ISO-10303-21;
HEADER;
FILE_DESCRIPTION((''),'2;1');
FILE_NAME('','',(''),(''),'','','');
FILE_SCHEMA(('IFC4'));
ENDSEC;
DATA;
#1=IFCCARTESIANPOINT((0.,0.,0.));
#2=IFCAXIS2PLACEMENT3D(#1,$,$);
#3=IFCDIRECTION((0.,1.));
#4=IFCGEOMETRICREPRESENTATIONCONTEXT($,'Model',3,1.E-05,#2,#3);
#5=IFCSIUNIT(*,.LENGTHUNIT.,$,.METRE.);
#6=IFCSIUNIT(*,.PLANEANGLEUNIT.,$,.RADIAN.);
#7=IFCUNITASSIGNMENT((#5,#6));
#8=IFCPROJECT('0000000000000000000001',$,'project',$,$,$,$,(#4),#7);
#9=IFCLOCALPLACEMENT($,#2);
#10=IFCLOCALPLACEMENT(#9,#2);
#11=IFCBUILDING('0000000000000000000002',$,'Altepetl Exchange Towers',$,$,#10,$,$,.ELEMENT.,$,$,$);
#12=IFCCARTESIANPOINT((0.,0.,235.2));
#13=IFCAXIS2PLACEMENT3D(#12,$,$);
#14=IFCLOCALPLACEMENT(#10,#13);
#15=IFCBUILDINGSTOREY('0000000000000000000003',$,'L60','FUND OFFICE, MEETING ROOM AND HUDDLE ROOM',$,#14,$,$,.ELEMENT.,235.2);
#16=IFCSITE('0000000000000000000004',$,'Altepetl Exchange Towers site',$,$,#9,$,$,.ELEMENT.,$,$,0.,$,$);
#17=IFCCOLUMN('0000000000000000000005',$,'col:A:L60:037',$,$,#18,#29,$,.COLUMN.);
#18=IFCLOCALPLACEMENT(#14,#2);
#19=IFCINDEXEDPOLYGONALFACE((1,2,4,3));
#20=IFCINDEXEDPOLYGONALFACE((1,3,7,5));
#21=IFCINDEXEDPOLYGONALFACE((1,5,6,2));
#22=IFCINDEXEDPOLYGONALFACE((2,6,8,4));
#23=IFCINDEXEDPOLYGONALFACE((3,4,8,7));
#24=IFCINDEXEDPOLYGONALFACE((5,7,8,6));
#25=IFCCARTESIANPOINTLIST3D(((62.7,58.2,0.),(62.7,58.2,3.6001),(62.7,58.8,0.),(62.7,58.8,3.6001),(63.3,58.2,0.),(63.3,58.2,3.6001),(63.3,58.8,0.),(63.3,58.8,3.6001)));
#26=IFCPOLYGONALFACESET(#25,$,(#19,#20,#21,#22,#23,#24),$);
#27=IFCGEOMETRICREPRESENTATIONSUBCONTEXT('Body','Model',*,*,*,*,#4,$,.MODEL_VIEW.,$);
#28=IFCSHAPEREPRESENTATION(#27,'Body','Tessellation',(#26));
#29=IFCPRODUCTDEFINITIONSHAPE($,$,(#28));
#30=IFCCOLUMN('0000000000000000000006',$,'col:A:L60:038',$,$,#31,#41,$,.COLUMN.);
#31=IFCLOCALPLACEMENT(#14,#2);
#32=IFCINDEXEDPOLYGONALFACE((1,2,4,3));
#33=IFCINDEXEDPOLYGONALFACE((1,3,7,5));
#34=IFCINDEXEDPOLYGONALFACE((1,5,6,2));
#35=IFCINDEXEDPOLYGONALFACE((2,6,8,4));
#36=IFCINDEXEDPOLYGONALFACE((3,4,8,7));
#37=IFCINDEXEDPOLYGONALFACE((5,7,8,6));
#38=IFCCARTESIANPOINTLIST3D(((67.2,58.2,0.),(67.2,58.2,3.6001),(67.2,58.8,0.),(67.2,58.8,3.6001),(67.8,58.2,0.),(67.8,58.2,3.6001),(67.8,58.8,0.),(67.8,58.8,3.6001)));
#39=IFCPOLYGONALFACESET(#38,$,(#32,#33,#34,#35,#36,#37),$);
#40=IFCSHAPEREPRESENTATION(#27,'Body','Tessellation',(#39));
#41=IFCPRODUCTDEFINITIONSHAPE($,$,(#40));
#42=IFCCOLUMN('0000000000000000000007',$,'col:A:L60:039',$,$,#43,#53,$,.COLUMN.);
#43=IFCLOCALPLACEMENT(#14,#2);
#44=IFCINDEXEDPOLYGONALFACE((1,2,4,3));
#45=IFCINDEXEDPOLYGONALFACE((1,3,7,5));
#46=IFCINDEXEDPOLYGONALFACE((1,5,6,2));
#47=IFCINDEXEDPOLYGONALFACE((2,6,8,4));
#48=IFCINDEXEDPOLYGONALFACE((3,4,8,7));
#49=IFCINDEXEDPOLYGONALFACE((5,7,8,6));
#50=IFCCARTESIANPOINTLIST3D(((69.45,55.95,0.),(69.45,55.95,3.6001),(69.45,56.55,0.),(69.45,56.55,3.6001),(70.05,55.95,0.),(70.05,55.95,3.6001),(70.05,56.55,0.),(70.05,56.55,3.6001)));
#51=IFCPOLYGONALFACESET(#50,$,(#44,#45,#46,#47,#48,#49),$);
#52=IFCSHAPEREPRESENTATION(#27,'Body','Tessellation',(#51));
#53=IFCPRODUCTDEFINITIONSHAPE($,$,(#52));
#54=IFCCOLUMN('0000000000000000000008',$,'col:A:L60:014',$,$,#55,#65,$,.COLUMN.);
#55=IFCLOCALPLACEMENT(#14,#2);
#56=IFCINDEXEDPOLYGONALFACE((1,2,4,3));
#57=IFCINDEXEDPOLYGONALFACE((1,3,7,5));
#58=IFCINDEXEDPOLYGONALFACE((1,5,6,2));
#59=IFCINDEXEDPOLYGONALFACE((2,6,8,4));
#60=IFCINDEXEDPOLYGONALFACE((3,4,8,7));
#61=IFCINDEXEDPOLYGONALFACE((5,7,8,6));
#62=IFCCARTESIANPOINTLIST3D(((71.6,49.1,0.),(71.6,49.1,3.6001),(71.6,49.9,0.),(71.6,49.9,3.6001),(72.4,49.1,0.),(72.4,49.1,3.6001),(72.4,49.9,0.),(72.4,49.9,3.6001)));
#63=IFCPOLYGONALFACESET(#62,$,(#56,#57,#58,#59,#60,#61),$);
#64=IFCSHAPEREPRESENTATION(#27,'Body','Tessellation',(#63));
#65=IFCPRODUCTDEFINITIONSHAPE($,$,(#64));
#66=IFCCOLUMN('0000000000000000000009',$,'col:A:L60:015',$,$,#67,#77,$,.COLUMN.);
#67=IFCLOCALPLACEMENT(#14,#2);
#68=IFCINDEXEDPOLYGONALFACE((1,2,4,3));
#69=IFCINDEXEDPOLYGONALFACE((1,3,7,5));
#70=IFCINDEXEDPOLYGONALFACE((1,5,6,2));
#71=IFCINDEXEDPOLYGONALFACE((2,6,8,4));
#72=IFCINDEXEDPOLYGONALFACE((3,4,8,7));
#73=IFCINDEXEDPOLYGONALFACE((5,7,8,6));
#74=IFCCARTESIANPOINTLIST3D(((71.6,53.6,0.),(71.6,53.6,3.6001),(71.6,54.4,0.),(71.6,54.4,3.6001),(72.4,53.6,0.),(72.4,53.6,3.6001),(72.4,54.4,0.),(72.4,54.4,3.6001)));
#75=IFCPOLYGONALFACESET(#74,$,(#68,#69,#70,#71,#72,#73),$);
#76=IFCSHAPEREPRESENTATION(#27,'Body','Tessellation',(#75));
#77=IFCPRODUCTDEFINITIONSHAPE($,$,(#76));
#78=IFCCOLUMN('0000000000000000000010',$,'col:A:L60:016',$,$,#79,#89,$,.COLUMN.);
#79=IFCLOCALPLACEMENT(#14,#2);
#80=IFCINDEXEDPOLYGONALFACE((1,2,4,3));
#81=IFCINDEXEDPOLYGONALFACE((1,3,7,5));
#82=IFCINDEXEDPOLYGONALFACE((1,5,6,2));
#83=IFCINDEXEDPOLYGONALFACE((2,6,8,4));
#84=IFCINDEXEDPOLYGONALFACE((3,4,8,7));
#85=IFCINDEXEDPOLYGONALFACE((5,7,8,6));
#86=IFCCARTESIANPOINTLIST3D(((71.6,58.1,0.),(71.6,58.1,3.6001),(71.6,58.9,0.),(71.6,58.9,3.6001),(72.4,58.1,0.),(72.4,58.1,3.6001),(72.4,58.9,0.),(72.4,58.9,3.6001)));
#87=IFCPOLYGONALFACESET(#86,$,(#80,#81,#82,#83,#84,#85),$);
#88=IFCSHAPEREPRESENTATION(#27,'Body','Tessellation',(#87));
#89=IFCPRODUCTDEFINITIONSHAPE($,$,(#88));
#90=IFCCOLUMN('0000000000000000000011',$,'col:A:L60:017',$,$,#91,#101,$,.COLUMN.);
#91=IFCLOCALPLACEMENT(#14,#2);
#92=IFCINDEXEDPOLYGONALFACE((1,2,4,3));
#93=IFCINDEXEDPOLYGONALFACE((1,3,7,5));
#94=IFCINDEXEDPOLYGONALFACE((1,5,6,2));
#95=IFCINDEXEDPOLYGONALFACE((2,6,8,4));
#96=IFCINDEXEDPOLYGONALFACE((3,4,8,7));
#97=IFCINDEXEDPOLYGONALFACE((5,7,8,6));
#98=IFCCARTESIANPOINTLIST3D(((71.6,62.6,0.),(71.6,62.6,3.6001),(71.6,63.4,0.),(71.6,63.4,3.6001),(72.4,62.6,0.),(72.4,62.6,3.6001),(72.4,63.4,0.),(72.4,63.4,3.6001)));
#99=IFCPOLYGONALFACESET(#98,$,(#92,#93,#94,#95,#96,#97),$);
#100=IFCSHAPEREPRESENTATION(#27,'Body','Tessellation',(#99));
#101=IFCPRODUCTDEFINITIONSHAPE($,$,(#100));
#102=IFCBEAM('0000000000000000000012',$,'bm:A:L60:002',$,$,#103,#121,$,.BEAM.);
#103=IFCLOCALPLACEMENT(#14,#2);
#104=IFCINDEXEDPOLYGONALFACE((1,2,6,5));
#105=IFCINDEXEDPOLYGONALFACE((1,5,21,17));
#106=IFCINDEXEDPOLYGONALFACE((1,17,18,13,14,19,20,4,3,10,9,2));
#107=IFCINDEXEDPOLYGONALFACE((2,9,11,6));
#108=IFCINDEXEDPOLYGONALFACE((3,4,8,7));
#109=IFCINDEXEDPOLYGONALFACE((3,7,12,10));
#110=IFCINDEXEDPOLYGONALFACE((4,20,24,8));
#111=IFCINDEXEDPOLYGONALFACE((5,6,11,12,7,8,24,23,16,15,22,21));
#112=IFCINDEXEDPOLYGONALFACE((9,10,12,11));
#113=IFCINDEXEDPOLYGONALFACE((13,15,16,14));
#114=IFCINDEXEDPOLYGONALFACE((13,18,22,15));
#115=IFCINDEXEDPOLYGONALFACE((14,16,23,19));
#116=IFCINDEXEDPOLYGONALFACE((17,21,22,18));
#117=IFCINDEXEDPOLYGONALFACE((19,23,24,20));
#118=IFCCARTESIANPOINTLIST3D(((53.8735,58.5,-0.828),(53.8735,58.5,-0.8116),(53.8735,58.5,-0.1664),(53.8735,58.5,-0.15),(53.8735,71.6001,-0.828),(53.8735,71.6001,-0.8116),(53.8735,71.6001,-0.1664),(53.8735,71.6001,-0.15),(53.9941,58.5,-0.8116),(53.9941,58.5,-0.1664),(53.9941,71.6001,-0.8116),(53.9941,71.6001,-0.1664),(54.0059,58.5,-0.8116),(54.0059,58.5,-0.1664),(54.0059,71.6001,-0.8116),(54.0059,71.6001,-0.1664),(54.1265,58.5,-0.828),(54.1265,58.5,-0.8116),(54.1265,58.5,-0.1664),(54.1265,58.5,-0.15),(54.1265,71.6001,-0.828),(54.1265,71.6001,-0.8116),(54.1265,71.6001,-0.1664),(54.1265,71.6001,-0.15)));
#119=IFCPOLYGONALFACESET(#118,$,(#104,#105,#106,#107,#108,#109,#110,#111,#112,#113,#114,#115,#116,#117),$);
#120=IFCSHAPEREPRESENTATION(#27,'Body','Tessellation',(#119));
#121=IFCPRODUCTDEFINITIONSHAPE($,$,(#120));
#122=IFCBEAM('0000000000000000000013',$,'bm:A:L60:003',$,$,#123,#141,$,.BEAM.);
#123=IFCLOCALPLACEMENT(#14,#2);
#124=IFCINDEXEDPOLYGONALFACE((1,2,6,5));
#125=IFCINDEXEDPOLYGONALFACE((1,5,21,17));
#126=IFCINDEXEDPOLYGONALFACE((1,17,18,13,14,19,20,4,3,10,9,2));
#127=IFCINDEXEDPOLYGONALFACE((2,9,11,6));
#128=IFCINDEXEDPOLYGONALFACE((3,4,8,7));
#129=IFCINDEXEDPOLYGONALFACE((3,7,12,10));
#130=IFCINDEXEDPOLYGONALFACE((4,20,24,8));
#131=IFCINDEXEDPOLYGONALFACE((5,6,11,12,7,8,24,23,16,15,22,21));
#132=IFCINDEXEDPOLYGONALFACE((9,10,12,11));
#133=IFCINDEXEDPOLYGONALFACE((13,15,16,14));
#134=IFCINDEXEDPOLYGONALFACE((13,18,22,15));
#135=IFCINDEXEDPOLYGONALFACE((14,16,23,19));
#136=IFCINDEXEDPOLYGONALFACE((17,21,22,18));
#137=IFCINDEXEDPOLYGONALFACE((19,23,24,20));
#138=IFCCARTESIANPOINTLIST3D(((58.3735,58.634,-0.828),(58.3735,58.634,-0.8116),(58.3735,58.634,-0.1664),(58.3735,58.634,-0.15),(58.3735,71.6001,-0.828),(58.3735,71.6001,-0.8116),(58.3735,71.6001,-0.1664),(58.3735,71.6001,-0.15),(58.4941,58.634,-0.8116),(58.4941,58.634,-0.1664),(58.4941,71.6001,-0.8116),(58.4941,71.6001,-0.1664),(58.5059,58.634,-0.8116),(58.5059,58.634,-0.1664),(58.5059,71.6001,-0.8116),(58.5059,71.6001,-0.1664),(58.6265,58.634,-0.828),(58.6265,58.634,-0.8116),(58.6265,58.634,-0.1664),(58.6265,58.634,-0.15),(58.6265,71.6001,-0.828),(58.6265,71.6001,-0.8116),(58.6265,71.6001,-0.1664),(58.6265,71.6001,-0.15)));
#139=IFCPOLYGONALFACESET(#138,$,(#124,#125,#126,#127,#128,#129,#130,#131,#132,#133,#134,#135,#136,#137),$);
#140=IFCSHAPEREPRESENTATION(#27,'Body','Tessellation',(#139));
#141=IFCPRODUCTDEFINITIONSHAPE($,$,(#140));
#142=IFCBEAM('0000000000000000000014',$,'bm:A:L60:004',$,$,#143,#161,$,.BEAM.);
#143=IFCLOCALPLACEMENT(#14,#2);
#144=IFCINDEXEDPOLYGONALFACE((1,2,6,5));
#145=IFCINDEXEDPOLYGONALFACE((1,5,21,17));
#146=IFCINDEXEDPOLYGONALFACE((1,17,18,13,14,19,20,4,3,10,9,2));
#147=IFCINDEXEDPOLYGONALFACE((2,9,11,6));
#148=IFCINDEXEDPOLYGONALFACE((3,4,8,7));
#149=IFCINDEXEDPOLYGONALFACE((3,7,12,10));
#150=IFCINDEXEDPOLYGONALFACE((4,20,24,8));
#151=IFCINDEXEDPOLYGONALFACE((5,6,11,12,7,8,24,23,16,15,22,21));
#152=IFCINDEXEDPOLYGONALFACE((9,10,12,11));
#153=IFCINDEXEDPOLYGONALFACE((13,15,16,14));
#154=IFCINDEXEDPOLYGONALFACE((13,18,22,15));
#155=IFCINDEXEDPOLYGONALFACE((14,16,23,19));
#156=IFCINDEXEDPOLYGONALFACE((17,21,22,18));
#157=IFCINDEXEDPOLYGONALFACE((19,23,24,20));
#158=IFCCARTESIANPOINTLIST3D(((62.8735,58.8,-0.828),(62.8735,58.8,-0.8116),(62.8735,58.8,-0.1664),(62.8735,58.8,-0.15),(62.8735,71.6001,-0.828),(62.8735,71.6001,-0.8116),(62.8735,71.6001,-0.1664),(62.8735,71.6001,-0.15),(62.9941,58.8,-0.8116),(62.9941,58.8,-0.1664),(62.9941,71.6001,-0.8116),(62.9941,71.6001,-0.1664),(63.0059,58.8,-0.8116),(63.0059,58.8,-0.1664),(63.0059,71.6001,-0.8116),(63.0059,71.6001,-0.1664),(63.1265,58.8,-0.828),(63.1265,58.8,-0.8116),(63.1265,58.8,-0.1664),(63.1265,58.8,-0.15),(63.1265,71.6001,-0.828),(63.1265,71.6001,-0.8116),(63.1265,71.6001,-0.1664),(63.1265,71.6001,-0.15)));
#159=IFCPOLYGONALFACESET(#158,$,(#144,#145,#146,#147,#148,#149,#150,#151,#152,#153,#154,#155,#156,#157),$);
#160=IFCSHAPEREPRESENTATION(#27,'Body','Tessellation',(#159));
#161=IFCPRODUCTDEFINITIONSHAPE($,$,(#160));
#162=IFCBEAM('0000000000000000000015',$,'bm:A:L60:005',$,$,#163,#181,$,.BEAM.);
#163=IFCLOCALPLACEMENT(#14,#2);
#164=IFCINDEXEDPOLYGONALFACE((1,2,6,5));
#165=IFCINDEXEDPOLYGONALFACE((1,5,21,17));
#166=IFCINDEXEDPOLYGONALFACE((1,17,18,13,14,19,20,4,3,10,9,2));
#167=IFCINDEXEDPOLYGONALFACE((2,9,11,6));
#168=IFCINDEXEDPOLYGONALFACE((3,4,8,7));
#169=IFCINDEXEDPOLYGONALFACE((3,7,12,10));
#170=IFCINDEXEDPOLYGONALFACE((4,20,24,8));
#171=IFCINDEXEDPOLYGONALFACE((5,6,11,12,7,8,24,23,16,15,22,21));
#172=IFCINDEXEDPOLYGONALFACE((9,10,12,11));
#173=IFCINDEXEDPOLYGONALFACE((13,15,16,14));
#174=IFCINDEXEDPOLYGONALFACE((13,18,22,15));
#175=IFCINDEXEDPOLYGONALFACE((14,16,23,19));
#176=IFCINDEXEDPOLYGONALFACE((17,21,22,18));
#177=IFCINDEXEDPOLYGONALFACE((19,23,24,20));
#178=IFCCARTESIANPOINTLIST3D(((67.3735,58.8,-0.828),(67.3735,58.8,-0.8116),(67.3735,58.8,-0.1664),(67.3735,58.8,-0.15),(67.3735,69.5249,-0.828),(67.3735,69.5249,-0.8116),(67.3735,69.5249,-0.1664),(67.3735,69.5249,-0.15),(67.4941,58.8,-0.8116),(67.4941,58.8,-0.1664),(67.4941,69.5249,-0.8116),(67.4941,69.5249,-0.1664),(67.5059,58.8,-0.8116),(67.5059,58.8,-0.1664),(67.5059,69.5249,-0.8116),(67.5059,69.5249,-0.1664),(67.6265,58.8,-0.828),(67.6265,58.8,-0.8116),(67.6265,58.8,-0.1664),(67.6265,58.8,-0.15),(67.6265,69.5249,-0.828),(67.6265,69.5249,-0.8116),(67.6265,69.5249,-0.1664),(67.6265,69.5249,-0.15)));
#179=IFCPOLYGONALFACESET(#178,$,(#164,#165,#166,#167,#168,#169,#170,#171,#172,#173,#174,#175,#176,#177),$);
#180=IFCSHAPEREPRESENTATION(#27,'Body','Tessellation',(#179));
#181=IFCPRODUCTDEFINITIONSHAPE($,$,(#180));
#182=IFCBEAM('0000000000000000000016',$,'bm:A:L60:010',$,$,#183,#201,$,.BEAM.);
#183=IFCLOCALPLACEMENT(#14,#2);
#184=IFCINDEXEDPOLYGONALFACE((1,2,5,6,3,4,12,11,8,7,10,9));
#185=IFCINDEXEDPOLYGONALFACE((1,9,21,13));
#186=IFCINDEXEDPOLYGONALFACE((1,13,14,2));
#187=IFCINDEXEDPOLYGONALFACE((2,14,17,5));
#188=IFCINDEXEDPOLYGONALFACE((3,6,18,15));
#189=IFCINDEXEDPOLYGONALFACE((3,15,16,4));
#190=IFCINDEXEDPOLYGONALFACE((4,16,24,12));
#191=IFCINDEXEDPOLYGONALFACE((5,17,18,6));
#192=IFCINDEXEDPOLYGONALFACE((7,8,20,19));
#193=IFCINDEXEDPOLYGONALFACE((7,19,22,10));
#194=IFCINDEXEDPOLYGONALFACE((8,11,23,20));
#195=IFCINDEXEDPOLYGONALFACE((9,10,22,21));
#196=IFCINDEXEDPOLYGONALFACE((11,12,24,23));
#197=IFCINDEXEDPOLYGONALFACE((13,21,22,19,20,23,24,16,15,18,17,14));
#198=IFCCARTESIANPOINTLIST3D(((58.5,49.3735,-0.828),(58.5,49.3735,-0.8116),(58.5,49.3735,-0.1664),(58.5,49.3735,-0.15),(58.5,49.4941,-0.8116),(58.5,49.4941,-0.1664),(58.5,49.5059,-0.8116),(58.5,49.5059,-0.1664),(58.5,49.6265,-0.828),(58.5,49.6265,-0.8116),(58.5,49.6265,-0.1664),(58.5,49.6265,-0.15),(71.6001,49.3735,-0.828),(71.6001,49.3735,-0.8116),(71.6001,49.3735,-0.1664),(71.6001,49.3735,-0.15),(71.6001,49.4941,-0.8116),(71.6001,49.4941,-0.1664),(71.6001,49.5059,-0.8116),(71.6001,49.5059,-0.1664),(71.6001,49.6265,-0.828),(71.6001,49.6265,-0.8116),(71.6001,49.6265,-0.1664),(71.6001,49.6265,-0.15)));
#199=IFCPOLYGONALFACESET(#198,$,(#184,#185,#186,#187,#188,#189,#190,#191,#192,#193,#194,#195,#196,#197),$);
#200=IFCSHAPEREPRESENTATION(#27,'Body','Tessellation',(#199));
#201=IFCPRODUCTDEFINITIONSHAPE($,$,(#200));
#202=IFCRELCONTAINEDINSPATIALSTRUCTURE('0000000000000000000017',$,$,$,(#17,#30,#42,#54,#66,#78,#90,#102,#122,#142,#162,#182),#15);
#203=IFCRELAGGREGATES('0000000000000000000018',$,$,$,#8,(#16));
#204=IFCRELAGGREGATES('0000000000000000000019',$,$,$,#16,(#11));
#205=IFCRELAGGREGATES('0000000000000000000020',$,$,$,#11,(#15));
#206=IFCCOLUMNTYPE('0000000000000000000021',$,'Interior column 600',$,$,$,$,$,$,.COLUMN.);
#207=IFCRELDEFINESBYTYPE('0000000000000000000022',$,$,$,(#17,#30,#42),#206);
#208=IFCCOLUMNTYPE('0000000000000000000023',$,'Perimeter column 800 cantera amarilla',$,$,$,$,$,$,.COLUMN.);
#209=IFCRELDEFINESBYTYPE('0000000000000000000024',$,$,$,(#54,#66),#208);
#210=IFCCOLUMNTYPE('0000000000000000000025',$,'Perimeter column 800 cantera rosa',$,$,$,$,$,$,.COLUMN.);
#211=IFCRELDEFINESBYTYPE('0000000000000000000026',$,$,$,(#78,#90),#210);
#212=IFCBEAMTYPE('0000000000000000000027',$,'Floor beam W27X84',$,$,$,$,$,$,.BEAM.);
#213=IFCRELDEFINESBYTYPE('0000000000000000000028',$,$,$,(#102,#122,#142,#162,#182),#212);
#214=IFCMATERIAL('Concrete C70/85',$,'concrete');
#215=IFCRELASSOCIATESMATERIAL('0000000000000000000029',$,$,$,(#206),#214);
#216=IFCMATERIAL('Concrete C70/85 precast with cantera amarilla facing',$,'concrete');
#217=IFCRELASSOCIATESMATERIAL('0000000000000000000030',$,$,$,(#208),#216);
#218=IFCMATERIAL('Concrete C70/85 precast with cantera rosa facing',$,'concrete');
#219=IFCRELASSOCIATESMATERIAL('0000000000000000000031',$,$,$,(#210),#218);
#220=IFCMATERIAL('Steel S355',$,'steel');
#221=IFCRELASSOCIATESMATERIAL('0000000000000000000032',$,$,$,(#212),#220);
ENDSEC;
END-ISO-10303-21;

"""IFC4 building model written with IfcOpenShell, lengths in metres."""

from ifc_helpers import new_model, si_unit, direction, frame, origin, origin_2d, place, context, subcontext, project, spatial, rectangle, i_section, extrude, material, material_profile, profile_set, type_object, element, save


model = new_model("IFC4")

# Units and contexts
model_context = context("Model", 3, precision=1e-05, world=origin(), true_north=direction((0.0, 1.0)))
body_context = subcontext(model_context, "Body", "Model", "MODEL_VIEW")
ifc_project = project(units=[si_unit("LENGTHUNIT", "METRE"), si_unit("PLANEANGLEUNIT", "RADIAN")], contexts=[model_context])

# Site, building, storey
site_placement = place(None, origin())
site = spatial("IfcSite", under=ifc_project, at=site_placement, Name="Altepetl Exchange Towers site", CompositionType="ELEMENT", RefElevation=0.0)
building_placement = place(site_placement, origin())
building = spatial("IfcBuilding", under=site, at=building_placement, Name="Altepetl Exchange Towers", CompositionType="ELEMENT")
storey_placement = place(building_placement, frame((0.0, 0.0, 235.2)))
storey = spatial("IfcBuildingStorey", under=building, at=storey_placement, Name="L60", Description="FUND OFFICE, MEETING ROOM AND HUDDLE ROOM", CompositionType="ELEMENT", Elevation=235.2)

# Columns
ifc_material_1 = material(Name="Concrete C70/85", Category="concrete")
ifc_material_profile_1 = material_profile(ifc_material_1, rectangle(XDim=0.6001, YDim=0.6001, at=origin_2d()), Name="600 x 600")
ifc_profile_set_1 = profile_set([ifc_material_profile_1], Name="Concrete C70/85")
column_type_1 = type_object("IfcColumnType", Name="Interior column 600", PredefinedType="COLUMN", material=ifc_profile_set_1)
for number, where, name in (
    (1, (63.0, 58.5, 0.0), "col:A:L60:037"),
    (2, (67.5, 58.5, 0.0), "col:A:L60:038"),
    (3, (69.75, 56.25, 0.0), "col:A:L60:039"),
):
    element("IfcColumn", number, at=place(storey_placement, frame(where)), inside=storey, type_object=column_type_1, Name=name, PredefinedType="COLUMN", context=body_context, shape_type="SweptSolid", body=[
        extrude(rectangle(XDim=0.6001, YDim=0.6001, at=origin_2d()), origin(), (0.0, 0.0, 1.0), 3.6001),
    ])
ifc_material_2 = material(Name="Concrete C70/85 precast with cantera amarilla facing", Category="concrete")
ifc_material_profile_2 = material_profile(ifc_material_2, rectangle(XDim=0.8, YDim=0.8, at=origin_2d()), Name="800 x 800")
ifc_profile_set_2 = profile_set([ifc_material_profile_2], Name="Concrete C70/85 precast with cantera amarilla facing")
column_type_2 = type_object("IfcColumnType", Name="Perimeter column 800 cantera amarilla", PredefinedType="COLUMN", material=ifc_profile_set_2)
for number, where, name in (
    (4, (72.0, 49.5, 0.0), "col:A:L60:014"),
    (5, (72.0, 54.0, 0.0), "col:A:L60:015"),
):
    element("IfcColumn", number, at=place(storey_placement, frame(where)), inside=storey, type_object=column_type_2, Name=name, PredefinedType="COLUMN", context=body_context, shape_type="SweptSolid", body=[
        extrude(rectangle(XDim=0.8, YDim=0.8, at=origin_2d()), origin(), (0.0, 0.0, 1.0), 3.6001),
    ])
ifc_material_3 = material(Name="Concrete C70/85 precast with cantera rosa facing", Category="concrete")
ifc_material_profile_3 = material_profile(ifc_material_3, rectangle(XDim=0.8, YDim=0.8, at=origin_2d()), Name="800 x 800")
ifc_profile_set_3 = profile_set([ifc_material_profile_3], Name="Concrete C70/85 precast with cantera rosa facing")
column_type_3 = type_object("IfcColumnType", Name="Perimeter column 800 cantera rosa", PredefinedType="COLUMN", material=ifc_profile_set_3)
for number, where, name in (
    (6, (72.0, 58.5, 0.0), "col:A:L60:016"),
    (7, (72.0, 63.0, 0.0), "col:A:L60:017"),
):
    element("IfcColumn", number, at=place(storey_placement, frame(where)), inside=storey, type_object=column_type_3, Name=name, PredefinedType="COLUMN", context=body_context, shape_type="SweptSolid", body=[
        extrude(rectangle(XDim=0.8, YDim=0.8, at=origin_2d()), origin(), (0.0, 0.0, 1.0), 3.6001),
    ])

# Beams
ifc_material_4 = material(Name="Steel S355", Category="steel")
ifc_material_profile_4 = material_profile(ifc_material_4, i_section(OverallWidth=0.2529, OverallDepth=0.678, WebThickness=0.0117, FlangeThickness=0.0164, at=origin_2d()), Name="W27X84")
ifc_profile_set_4 = profile_set([ifc_material_profile_4], Name="Steel S355")
beam_type_1 = type_object("IfcBeamType", Name="Floor beam W27X84", PredefinedType="BEAM", material=ifc_profile_set_4)
beam_1_placement = place(storey_placement, frame((54.0, 58.5, -0.489), z_axis=(0.0, 1.0, 0.0), x_axis=(-1.0, 0.0, 0.0)))
element("IfcBeam", 8, at=beam_1_placement, inside=storey, type_object=beam_type_1, Name="bm:A:L60:002", PredefinedType="BEAM", context=body_context, shape_type="SweptSolid", body=[
    extrude(i_section(OverallWidth=0.2529, OverallDepth=0.678, WebThickness=0.0117, FlangeThickness=0.0164, at=origin_2d()), origin(), (0.0, 0.0, 1.0), 13.1001),
])
beam_2_placement = place(storey_placement, frame((58.5, 58.634, -0.489), z_axis=(0.0, 1.0, 0.0), x_axis=(-1.0, 0.0, 0.0)))
element("IfcBeam", 9, at=beam_2_placement, inside=storey, type_object=beam_type_1, Name="bm:A:L60:003", PredefinedType="BEAM", context=body_context, shape_type="SweptSolid", body=[
    extrude(i_section(OverallWidth=0.2529, OverallDepth=0.678, WebThickness=0.0117, FlangeThickness=0.0164, at=origin_2d()), origin(), (0.0, 0.0, 1.0), 12.9661),
])
beam_3_placement = place(storey_placement, frame((63.0, 58.8, -0.489), z_axis=(0.0, 1.0, 0.0), x_axis=(-1.0, 0.0, 0.0)))
element("IfcBeam", 10, at=beam_3_placement, inside=storey, type_object=beam_type_1, Name="bm:A:L60:004", PredefinedType="BEAM", context=body_context, shape_type="SweptSolid", body=[
    extrude(i_section(OverallWidth=0.2529, OverallDepth=0.678, WebThickness=0.0117, FlangeThickness=0.0164, at=origin_2d()), origin(), (0.0, 0.0, 1.0), 12.8),
])
beam_4_placement = place(storey_placement, frame((67.5, 58.8, -0.489), z_axis=(0.0, 1.0, 0.0), x_axis=(-1.0, 0.0, 0.0)))
element("IfcBeam", 11, at=beam_4_placement, inside=storey, type_object=beam_type_1, Name="bm:A:L60:005", PredefinedType="BEAM", context=body_context, shape_type="SweptSolid", body=[
    extrude(i_section(OverallWidth=0.2529, OverallDepth=0.678, WebThickness=0.0117, FlangeThickness=0.0164, at=origin_2d()), origin(), (0.0, 0.0, 1.0), 10.7249),
])
for number, where, z_axis, x_axis, name in (
    (12, (58.5, 49.5, -0.489), (1.0, 0.0, 0.0), (0.0, 1.0, 0.0), "bm:A:L60:010"),
):
    element("IfcBeam", number, at=place(storey_placement, frame(where, z_axis=z_axis, x_axis=x_axis)), inside=storey, type_object=beam_type_1, Name=name, PredefinedType="BEAM", context=body_context, shape_type="SweptSolid", body=[
        extrude(i_section(OverallWidth=0.2529, OverallDepth=0.678, WebThickness=0.0117, FlangeThickness=0.0164, at=origin_2d()), origin(), (0.0, 0.0, 1.0), 13.1001),
    ])

save(model, "model.ifc")
